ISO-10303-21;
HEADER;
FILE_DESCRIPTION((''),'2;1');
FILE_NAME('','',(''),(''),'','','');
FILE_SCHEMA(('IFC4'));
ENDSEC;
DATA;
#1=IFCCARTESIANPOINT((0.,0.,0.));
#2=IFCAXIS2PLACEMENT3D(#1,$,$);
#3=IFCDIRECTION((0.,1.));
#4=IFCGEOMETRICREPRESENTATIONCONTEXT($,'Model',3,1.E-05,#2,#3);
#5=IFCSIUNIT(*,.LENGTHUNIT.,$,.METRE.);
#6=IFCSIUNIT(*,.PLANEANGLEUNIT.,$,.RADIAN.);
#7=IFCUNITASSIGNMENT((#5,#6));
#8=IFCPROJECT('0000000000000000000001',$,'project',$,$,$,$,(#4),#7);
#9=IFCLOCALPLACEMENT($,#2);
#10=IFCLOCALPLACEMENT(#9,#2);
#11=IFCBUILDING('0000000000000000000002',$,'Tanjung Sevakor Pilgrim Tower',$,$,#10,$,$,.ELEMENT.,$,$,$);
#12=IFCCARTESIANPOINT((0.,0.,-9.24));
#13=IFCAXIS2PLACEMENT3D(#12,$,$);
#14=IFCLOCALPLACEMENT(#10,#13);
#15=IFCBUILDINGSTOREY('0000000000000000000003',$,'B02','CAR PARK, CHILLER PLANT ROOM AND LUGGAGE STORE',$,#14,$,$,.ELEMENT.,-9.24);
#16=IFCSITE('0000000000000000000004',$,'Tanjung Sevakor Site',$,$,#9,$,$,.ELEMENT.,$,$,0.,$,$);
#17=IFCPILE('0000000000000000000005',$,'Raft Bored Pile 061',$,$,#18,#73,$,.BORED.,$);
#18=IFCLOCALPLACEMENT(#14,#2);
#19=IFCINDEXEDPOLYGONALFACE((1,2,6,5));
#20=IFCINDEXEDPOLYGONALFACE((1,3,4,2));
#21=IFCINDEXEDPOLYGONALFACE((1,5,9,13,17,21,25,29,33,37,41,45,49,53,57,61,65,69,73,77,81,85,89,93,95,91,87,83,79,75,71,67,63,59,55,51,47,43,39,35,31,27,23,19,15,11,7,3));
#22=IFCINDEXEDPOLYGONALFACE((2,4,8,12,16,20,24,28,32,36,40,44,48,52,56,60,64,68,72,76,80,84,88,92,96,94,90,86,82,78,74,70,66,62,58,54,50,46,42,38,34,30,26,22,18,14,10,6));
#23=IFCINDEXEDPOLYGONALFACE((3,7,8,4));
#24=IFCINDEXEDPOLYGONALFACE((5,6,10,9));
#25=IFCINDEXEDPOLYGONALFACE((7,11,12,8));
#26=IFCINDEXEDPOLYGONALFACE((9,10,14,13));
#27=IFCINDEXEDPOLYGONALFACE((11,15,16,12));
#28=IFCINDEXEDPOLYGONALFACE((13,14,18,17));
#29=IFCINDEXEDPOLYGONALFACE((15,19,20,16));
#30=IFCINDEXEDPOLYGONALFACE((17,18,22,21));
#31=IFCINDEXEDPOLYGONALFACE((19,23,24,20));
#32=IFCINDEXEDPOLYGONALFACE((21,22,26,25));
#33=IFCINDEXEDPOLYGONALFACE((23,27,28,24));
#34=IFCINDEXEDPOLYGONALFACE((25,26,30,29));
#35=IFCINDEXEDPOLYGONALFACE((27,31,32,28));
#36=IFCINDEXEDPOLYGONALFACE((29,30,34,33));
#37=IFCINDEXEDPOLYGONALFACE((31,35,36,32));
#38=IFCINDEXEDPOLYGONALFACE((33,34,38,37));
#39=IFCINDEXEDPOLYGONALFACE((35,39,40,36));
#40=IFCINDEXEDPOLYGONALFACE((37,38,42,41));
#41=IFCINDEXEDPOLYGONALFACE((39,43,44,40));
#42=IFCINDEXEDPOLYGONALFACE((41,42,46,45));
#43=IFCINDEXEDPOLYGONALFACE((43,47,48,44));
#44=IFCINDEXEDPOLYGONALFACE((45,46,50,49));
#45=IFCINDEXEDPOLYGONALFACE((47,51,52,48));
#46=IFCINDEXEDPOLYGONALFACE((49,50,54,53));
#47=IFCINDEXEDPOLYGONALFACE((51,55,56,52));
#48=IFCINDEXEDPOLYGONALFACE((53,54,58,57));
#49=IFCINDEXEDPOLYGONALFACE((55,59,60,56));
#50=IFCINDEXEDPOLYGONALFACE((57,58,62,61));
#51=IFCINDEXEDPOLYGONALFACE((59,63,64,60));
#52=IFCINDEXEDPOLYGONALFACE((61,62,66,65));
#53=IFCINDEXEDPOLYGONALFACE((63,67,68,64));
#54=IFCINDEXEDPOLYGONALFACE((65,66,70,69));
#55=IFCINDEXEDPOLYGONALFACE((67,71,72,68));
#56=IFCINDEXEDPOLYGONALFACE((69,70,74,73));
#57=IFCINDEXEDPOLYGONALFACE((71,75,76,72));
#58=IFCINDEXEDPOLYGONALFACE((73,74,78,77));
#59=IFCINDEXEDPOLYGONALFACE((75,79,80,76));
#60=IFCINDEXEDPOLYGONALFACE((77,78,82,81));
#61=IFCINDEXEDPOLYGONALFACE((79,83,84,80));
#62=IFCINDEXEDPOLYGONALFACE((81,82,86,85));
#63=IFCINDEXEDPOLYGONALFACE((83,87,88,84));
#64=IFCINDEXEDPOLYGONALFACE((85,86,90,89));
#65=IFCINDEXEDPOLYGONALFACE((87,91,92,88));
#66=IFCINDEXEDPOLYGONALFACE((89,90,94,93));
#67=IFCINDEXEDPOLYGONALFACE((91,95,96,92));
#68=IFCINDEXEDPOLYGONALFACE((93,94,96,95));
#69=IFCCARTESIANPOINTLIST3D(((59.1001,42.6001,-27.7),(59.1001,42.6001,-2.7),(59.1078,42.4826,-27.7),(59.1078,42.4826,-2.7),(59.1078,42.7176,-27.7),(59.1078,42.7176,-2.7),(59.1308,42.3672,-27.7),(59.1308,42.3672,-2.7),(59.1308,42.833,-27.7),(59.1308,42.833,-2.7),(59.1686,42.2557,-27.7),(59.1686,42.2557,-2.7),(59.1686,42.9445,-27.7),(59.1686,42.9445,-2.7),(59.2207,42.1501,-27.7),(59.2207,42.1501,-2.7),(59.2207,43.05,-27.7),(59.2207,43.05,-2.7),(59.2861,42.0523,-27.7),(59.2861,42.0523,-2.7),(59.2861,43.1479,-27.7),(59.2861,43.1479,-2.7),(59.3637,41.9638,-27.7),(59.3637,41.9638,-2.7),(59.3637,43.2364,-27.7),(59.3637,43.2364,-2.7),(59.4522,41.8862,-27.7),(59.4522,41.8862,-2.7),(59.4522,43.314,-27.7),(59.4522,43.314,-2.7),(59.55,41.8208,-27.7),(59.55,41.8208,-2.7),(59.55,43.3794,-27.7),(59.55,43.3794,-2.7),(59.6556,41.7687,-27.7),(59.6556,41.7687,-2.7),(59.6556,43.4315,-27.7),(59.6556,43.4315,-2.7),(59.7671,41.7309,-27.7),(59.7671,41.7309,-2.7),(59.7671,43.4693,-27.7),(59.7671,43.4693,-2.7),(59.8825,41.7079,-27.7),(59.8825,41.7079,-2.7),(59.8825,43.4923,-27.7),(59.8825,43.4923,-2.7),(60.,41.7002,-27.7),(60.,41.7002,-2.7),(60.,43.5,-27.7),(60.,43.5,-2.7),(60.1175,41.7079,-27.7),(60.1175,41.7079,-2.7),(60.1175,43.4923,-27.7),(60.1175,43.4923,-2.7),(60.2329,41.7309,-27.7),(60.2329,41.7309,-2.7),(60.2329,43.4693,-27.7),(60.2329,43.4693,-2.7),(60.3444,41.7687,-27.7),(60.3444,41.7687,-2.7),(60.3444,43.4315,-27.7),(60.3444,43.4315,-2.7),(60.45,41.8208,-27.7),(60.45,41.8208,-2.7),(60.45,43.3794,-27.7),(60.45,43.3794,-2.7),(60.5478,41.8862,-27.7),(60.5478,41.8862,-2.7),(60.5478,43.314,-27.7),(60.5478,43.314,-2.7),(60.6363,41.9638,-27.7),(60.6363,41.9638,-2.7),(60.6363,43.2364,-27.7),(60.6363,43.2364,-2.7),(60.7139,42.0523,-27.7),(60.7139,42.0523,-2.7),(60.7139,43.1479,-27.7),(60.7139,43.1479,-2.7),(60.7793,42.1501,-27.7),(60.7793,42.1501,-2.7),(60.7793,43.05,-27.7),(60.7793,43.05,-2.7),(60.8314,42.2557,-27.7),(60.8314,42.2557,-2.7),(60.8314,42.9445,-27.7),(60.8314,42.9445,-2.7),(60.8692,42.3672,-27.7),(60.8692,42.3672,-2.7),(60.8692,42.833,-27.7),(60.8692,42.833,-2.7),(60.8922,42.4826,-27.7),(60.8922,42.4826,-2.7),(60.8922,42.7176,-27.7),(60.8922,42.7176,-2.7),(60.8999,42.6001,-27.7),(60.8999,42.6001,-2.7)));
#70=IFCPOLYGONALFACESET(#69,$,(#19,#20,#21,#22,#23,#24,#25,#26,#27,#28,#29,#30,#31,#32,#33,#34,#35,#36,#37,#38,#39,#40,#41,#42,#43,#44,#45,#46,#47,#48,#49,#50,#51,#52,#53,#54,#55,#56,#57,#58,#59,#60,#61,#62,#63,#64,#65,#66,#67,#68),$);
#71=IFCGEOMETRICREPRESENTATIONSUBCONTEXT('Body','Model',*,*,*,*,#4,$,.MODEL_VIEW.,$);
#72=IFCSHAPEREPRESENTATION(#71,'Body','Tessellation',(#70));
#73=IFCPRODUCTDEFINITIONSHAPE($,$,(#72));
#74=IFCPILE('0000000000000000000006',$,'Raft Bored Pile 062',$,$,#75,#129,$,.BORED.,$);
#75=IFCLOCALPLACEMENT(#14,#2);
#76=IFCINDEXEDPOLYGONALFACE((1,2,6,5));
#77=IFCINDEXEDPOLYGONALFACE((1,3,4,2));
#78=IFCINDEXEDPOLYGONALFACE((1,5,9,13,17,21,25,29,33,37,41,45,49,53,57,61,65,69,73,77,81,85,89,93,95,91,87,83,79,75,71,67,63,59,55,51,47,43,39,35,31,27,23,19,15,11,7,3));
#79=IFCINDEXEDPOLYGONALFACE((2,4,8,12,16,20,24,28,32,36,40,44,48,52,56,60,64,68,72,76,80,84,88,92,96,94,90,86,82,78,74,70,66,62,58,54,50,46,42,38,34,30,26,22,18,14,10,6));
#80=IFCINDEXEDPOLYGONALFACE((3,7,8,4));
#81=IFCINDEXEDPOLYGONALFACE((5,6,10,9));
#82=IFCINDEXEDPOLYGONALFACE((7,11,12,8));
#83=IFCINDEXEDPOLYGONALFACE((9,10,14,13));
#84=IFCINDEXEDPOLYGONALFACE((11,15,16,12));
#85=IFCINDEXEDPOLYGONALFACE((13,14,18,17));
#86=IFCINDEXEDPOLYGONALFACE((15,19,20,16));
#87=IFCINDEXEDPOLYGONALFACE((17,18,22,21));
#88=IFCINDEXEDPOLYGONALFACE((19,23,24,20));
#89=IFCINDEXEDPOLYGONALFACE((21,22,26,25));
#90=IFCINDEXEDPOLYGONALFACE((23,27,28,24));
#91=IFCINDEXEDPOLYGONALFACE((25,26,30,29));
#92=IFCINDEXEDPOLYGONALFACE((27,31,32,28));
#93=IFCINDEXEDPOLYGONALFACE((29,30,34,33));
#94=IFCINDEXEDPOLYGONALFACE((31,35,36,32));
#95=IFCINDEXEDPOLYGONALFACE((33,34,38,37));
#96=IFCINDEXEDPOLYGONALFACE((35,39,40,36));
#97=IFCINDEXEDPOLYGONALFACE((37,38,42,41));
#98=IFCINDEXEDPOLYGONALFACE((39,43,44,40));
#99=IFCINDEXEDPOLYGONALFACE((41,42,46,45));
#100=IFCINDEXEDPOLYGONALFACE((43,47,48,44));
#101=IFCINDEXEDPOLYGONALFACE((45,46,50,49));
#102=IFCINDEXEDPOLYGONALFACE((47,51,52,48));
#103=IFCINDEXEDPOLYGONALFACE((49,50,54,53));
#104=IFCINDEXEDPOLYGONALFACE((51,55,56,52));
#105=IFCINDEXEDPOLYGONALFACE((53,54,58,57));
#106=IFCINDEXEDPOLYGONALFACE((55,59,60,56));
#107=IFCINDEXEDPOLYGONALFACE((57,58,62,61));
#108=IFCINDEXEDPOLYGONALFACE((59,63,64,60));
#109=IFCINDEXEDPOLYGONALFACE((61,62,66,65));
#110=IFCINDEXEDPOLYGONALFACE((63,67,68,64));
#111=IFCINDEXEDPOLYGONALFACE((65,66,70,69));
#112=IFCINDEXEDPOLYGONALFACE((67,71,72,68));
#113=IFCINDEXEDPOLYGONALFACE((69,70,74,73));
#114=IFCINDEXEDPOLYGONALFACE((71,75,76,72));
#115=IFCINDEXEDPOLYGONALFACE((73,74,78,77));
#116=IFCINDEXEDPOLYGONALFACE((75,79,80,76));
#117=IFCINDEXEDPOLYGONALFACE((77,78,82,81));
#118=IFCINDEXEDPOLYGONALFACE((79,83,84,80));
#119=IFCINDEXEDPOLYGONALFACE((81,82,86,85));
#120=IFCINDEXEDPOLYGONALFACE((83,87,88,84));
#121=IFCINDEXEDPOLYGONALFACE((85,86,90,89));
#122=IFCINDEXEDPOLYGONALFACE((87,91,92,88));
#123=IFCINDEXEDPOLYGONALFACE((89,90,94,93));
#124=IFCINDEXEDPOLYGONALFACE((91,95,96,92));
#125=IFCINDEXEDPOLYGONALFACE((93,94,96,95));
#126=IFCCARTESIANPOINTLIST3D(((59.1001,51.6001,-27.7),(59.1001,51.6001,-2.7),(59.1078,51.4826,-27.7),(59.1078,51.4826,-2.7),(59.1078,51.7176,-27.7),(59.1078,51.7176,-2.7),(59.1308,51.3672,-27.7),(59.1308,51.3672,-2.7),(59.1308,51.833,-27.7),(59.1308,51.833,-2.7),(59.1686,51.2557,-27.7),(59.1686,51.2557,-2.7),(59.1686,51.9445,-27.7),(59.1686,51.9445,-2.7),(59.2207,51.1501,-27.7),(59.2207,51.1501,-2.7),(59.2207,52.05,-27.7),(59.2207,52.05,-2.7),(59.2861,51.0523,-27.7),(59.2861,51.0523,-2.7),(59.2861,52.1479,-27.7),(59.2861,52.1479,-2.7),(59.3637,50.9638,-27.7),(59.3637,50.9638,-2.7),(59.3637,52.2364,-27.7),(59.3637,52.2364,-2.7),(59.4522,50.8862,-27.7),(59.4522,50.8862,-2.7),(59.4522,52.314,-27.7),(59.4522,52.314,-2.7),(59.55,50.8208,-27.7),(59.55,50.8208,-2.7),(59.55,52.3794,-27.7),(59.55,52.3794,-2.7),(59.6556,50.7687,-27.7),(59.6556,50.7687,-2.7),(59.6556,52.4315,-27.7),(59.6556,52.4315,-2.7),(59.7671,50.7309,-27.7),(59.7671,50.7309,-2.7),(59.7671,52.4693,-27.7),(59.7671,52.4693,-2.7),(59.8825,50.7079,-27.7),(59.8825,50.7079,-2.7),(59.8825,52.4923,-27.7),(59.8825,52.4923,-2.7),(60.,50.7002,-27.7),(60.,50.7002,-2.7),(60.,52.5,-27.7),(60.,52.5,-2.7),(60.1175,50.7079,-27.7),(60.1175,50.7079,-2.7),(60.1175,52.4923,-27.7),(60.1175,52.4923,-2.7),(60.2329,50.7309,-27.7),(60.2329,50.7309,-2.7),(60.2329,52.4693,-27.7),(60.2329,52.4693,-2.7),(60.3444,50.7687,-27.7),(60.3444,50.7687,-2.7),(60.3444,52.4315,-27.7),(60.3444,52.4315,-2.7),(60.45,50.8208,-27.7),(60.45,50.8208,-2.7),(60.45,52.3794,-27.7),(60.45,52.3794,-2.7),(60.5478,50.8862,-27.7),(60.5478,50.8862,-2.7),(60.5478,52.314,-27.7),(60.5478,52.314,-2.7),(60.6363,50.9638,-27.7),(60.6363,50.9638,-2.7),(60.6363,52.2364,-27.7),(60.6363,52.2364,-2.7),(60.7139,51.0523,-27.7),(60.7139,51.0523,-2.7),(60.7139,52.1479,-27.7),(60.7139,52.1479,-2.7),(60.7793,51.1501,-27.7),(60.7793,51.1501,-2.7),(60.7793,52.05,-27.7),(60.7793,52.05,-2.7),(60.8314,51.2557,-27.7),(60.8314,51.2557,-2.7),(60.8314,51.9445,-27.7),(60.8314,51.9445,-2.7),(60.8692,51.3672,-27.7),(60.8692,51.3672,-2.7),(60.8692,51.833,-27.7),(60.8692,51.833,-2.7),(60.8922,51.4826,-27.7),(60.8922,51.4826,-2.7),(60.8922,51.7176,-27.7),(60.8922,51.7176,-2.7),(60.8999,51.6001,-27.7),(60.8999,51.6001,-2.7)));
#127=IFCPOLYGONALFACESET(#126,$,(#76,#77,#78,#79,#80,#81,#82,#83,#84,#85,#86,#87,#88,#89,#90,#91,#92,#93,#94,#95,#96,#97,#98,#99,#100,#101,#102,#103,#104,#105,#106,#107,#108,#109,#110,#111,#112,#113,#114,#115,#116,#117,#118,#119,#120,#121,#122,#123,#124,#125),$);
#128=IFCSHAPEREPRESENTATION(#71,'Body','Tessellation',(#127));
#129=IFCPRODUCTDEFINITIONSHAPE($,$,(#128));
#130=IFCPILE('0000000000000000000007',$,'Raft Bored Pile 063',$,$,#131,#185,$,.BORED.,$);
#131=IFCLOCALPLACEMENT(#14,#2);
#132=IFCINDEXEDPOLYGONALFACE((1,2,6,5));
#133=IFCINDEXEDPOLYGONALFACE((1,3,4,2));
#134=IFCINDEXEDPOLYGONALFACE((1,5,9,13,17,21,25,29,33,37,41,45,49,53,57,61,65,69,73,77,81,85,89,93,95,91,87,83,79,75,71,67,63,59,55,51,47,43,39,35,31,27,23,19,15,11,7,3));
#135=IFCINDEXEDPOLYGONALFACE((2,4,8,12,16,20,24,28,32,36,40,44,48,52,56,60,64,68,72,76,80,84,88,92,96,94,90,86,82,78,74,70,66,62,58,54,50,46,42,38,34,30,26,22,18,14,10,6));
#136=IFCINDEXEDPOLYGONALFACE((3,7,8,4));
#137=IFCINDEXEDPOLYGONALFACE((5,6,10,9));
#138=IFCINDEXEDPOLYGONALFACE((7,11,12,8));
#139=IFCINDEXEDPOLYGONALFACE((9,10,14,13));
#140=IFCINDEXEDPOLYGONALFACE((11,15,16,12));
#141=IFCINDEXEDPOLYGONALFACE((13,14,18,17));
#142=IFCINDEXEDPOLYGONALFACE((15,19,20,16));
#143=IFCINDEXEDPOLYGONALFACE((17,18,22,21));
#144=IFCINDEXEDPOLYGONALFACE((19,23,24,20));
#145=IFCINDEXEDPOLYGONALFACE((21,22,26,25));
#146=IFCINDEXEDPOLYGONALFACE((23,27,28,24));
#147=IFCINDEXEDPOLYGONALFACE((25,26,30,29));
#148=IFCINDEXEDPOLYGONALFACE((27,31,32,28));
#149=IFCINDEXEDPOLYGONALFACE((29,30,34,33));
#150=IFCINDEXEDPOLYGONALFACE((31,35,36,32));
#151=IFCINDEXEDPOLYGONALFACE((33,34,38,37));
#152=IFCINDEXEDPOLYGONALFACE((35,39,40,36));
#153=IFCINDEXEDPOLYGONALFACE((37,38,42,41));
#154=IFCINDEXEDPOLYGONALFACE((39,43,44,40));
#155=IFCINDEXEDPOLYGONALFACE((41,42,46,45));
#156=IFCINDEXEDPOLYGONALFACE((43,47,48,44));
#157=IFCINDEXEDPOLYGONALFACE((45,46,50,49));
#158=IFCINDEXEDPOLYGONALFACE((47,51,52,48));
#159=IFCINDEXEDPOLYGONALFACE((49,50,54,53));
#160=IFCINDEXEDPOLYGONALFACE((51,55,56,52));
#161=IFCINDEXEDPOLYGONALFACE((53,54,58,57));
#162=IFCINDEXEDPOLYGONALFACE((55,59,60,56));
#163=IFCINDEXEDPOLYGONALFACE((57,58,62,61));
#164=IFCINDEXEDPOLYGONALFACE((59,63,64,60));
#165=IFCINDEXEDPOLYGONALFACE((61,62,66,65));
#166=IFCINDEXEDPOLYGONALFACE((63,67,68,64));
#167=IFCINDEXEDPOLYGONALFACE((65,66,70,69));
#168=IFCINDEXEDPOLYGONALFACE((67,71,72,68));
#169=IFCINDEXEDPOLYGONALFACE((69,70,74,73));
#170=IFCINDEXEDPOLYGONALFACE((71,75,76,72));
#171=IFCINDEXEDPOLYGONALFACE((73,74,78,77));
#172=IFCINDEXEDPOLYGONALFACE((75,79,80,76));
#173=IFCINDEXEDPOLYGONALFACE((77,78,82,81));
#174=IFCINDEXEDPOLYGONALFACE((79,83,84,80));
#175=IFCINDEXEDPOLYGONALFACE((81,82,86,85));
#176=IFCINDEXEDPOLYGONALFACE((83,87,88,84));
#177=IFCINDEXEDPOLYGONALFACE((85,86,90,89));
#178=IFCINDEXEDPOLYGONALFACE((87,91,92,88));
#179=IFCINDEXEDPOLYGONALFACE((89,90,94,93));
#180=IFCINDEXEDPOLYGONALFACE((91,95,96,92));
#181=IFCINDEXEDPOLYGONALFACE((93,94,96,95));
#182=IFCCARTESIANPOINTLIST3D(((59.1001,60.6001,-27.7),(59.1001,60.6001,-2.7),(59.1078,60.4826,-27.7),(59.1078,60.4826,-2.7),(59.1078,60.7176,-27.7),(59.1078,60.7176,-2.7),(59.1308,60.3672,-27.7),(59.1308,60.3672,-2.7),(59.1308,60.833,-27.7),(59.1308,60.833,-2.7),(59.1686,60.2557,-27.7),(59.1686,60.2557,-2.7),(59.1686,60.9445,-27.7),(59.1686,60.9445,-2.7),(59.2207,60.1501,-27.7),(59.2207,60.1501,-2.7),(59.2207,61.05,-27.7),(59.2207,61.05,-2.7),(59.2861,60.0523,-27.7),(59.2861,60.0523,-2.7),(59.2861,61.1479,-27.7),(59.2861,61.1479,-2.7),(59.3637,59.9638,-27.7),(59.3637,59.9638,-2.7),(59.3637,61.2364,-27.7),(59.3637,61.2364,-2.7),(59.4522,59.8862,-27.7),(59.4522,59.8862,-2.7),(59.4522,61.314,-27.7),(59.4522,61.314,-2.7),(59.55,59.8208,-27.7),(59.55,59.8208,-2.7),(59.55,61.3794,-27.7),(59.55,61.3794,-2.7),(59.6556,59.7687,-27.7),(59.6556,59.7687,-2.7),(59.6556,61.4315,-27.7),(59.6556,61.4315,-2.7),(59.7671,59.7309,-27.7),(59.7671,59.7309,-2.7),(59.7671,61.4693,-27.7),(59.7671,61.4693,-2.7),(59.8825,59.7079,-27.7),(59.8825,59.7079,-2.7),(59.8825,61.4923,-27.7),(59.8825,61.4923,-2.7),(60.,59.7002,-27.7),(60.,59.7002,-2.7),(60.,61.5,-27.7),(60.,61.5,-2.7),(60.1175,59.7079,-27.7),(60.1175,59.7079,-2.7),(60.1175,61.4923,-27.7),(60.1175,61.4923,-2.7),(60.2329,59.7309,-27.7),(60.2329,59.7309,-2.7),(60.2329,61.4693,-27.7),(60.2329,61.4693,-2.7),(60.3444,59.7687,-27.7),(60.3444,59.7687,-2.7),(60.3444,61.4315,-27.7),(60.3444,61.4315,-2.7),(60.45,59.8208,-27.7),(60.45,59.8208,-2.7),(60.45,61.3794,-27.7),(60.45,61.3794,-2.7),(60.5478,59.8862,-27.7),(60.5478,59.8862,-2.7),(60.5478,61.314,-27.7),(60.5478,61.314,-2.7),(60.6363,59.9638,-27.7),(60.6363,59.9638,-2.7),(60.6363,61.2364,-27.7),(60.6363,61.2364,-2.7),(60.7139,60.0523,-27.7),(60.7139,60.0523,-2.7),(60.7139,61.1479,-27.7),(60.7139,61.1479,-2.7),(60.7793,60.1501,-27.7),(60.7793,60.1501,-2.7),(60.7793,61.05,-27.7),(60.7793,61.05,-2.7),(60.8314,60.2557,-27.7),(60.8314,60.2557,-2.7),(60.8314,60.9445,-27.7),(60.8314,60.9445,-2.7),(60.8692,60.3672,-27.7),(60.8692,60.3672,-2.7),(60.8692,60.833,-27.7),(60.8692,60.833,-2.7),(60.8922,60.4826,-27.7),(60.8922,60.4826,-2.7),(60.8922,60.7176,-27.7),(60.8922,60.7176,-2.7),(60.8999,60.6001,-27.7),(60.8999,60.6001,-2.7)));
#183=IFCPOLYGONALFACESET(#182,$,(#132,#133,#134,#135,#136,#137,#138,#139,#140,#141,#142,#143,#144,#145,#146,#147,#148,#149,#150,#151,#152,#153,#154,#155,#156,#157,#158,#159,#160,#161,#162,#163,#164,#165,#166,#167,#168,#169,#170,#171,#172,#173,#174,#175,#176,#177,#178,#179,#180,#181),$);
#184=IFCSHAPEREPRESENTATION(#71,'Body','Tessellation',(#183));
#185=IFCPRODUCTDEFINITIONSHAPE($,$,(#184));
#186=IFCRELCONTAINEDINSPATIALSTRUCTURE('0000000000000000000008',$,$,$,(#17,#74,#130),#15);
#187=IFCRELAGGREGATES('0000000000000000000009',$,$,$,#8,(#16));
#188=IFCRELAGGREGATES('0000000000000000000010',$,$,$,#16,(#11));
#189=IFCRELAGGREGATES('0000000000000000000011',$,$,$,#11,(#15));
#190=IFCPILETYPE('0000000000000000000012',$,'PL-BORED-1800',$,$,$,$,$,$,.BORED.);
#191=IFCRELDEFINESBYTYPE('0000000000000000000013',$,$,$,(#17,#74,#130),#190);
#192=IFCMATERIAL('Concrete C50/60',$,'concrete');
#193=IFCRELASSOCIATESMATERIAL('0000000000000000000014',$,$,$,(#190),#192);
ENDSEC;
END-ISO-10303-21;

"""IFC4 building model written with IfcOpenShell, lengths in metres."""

from ifc_helpers import new_model, si_unit, direction, frame, origin, origin_2d, place, context, subcontext, project, spatial, circle, extrude, material, material_profile, profile_set, type_object, element, save


model = new_model("IFC4")

# Units and contexts
model_context = context("Model", 3, precision=1e-05, world=origin(), true_north=direction((0.0, 1.0)))
body_context = subcontext(model_context, "Body", "Model", "MODEL_VIEW")
ifc_project = project(units=[si_unit("LENGTHUNIT", "METRE"), si_unit("PLANEANGLEUNIT", "RADIAN")], contexts=[model_context])

# Site, building, storey
site_placement = place(None, origin())
site = spatial("IfcSite", under=ifc_project, at=site_placement, Name="Tanjung Sevakor Site", CompositionType="ELEMENT", RefElevation=0.0)
building_placement = place(site_placement, origin())
building = spatial("IfcBuilding", under=site, at=building_placement, Name="Tanjung Sevakor Pilgrim Tower", CompositionType="ELEMENT")
storey_placement = place(building_placement, frame((0.0, 0.0, -9.24)))
storey = spatial("IfcBuildingStorey", under=building, at=storey_placement, Name="B02", Description="CAR PARK, CHILLER PLANT ROOM AND LUGGAGE STORE", CompositionType="ELEMENT", Elevation=-9.24)

# Piles
ifc_material_1 = material(Name="Concrete C50/60", Category="concrete")
ifc_material_profile_1 = material_profile(ifc_material_1, circle(Radius=0.8999, at=origin_2d()))
ifc_profile_set_1 = profile_set([ifc_material_profile_1], Name="Concrete C50/60")
pile_type = type_object("IfcPileType", Name="PL-BORED-1800", PredefinedType="BORED", material=ifc_profile_set_1)
for number, where, z_axis, x_axis, name in (
    (1, (60.0, 42.6001, -2.7), (0.0, 0.0, -1.0), (1.0, 0.0, 0.0), "Raft Bored Pile 061"),
    (2, (60.0, 51.6001, -2.7), (0.0, 0.0, -1.0), (1.0, 0.0, 0.0), "Raft Bored Pile 062"),
    (3, (60.0, 60.6001, -2.7), (0.0, 0.0, -1.0), (1.0, 0.0, 0.0), "Raft Bored Pile 063"),
):
    element("IfcPile", number, at=place(storey_placement, frame(where, z_axis=z_axis, x_axis=x_axis)), inside=storey, type_object=pile_type, Name=name, PredefinedType="BORED", context=body_context, shape_type="SweptSolid", body=[
        extrude(circle(Radius=0.8999, at=origin_2d()), origin(), (0.0, 0.0, 1.0), 25.0),
    ])

save(model, "model.ifc")
